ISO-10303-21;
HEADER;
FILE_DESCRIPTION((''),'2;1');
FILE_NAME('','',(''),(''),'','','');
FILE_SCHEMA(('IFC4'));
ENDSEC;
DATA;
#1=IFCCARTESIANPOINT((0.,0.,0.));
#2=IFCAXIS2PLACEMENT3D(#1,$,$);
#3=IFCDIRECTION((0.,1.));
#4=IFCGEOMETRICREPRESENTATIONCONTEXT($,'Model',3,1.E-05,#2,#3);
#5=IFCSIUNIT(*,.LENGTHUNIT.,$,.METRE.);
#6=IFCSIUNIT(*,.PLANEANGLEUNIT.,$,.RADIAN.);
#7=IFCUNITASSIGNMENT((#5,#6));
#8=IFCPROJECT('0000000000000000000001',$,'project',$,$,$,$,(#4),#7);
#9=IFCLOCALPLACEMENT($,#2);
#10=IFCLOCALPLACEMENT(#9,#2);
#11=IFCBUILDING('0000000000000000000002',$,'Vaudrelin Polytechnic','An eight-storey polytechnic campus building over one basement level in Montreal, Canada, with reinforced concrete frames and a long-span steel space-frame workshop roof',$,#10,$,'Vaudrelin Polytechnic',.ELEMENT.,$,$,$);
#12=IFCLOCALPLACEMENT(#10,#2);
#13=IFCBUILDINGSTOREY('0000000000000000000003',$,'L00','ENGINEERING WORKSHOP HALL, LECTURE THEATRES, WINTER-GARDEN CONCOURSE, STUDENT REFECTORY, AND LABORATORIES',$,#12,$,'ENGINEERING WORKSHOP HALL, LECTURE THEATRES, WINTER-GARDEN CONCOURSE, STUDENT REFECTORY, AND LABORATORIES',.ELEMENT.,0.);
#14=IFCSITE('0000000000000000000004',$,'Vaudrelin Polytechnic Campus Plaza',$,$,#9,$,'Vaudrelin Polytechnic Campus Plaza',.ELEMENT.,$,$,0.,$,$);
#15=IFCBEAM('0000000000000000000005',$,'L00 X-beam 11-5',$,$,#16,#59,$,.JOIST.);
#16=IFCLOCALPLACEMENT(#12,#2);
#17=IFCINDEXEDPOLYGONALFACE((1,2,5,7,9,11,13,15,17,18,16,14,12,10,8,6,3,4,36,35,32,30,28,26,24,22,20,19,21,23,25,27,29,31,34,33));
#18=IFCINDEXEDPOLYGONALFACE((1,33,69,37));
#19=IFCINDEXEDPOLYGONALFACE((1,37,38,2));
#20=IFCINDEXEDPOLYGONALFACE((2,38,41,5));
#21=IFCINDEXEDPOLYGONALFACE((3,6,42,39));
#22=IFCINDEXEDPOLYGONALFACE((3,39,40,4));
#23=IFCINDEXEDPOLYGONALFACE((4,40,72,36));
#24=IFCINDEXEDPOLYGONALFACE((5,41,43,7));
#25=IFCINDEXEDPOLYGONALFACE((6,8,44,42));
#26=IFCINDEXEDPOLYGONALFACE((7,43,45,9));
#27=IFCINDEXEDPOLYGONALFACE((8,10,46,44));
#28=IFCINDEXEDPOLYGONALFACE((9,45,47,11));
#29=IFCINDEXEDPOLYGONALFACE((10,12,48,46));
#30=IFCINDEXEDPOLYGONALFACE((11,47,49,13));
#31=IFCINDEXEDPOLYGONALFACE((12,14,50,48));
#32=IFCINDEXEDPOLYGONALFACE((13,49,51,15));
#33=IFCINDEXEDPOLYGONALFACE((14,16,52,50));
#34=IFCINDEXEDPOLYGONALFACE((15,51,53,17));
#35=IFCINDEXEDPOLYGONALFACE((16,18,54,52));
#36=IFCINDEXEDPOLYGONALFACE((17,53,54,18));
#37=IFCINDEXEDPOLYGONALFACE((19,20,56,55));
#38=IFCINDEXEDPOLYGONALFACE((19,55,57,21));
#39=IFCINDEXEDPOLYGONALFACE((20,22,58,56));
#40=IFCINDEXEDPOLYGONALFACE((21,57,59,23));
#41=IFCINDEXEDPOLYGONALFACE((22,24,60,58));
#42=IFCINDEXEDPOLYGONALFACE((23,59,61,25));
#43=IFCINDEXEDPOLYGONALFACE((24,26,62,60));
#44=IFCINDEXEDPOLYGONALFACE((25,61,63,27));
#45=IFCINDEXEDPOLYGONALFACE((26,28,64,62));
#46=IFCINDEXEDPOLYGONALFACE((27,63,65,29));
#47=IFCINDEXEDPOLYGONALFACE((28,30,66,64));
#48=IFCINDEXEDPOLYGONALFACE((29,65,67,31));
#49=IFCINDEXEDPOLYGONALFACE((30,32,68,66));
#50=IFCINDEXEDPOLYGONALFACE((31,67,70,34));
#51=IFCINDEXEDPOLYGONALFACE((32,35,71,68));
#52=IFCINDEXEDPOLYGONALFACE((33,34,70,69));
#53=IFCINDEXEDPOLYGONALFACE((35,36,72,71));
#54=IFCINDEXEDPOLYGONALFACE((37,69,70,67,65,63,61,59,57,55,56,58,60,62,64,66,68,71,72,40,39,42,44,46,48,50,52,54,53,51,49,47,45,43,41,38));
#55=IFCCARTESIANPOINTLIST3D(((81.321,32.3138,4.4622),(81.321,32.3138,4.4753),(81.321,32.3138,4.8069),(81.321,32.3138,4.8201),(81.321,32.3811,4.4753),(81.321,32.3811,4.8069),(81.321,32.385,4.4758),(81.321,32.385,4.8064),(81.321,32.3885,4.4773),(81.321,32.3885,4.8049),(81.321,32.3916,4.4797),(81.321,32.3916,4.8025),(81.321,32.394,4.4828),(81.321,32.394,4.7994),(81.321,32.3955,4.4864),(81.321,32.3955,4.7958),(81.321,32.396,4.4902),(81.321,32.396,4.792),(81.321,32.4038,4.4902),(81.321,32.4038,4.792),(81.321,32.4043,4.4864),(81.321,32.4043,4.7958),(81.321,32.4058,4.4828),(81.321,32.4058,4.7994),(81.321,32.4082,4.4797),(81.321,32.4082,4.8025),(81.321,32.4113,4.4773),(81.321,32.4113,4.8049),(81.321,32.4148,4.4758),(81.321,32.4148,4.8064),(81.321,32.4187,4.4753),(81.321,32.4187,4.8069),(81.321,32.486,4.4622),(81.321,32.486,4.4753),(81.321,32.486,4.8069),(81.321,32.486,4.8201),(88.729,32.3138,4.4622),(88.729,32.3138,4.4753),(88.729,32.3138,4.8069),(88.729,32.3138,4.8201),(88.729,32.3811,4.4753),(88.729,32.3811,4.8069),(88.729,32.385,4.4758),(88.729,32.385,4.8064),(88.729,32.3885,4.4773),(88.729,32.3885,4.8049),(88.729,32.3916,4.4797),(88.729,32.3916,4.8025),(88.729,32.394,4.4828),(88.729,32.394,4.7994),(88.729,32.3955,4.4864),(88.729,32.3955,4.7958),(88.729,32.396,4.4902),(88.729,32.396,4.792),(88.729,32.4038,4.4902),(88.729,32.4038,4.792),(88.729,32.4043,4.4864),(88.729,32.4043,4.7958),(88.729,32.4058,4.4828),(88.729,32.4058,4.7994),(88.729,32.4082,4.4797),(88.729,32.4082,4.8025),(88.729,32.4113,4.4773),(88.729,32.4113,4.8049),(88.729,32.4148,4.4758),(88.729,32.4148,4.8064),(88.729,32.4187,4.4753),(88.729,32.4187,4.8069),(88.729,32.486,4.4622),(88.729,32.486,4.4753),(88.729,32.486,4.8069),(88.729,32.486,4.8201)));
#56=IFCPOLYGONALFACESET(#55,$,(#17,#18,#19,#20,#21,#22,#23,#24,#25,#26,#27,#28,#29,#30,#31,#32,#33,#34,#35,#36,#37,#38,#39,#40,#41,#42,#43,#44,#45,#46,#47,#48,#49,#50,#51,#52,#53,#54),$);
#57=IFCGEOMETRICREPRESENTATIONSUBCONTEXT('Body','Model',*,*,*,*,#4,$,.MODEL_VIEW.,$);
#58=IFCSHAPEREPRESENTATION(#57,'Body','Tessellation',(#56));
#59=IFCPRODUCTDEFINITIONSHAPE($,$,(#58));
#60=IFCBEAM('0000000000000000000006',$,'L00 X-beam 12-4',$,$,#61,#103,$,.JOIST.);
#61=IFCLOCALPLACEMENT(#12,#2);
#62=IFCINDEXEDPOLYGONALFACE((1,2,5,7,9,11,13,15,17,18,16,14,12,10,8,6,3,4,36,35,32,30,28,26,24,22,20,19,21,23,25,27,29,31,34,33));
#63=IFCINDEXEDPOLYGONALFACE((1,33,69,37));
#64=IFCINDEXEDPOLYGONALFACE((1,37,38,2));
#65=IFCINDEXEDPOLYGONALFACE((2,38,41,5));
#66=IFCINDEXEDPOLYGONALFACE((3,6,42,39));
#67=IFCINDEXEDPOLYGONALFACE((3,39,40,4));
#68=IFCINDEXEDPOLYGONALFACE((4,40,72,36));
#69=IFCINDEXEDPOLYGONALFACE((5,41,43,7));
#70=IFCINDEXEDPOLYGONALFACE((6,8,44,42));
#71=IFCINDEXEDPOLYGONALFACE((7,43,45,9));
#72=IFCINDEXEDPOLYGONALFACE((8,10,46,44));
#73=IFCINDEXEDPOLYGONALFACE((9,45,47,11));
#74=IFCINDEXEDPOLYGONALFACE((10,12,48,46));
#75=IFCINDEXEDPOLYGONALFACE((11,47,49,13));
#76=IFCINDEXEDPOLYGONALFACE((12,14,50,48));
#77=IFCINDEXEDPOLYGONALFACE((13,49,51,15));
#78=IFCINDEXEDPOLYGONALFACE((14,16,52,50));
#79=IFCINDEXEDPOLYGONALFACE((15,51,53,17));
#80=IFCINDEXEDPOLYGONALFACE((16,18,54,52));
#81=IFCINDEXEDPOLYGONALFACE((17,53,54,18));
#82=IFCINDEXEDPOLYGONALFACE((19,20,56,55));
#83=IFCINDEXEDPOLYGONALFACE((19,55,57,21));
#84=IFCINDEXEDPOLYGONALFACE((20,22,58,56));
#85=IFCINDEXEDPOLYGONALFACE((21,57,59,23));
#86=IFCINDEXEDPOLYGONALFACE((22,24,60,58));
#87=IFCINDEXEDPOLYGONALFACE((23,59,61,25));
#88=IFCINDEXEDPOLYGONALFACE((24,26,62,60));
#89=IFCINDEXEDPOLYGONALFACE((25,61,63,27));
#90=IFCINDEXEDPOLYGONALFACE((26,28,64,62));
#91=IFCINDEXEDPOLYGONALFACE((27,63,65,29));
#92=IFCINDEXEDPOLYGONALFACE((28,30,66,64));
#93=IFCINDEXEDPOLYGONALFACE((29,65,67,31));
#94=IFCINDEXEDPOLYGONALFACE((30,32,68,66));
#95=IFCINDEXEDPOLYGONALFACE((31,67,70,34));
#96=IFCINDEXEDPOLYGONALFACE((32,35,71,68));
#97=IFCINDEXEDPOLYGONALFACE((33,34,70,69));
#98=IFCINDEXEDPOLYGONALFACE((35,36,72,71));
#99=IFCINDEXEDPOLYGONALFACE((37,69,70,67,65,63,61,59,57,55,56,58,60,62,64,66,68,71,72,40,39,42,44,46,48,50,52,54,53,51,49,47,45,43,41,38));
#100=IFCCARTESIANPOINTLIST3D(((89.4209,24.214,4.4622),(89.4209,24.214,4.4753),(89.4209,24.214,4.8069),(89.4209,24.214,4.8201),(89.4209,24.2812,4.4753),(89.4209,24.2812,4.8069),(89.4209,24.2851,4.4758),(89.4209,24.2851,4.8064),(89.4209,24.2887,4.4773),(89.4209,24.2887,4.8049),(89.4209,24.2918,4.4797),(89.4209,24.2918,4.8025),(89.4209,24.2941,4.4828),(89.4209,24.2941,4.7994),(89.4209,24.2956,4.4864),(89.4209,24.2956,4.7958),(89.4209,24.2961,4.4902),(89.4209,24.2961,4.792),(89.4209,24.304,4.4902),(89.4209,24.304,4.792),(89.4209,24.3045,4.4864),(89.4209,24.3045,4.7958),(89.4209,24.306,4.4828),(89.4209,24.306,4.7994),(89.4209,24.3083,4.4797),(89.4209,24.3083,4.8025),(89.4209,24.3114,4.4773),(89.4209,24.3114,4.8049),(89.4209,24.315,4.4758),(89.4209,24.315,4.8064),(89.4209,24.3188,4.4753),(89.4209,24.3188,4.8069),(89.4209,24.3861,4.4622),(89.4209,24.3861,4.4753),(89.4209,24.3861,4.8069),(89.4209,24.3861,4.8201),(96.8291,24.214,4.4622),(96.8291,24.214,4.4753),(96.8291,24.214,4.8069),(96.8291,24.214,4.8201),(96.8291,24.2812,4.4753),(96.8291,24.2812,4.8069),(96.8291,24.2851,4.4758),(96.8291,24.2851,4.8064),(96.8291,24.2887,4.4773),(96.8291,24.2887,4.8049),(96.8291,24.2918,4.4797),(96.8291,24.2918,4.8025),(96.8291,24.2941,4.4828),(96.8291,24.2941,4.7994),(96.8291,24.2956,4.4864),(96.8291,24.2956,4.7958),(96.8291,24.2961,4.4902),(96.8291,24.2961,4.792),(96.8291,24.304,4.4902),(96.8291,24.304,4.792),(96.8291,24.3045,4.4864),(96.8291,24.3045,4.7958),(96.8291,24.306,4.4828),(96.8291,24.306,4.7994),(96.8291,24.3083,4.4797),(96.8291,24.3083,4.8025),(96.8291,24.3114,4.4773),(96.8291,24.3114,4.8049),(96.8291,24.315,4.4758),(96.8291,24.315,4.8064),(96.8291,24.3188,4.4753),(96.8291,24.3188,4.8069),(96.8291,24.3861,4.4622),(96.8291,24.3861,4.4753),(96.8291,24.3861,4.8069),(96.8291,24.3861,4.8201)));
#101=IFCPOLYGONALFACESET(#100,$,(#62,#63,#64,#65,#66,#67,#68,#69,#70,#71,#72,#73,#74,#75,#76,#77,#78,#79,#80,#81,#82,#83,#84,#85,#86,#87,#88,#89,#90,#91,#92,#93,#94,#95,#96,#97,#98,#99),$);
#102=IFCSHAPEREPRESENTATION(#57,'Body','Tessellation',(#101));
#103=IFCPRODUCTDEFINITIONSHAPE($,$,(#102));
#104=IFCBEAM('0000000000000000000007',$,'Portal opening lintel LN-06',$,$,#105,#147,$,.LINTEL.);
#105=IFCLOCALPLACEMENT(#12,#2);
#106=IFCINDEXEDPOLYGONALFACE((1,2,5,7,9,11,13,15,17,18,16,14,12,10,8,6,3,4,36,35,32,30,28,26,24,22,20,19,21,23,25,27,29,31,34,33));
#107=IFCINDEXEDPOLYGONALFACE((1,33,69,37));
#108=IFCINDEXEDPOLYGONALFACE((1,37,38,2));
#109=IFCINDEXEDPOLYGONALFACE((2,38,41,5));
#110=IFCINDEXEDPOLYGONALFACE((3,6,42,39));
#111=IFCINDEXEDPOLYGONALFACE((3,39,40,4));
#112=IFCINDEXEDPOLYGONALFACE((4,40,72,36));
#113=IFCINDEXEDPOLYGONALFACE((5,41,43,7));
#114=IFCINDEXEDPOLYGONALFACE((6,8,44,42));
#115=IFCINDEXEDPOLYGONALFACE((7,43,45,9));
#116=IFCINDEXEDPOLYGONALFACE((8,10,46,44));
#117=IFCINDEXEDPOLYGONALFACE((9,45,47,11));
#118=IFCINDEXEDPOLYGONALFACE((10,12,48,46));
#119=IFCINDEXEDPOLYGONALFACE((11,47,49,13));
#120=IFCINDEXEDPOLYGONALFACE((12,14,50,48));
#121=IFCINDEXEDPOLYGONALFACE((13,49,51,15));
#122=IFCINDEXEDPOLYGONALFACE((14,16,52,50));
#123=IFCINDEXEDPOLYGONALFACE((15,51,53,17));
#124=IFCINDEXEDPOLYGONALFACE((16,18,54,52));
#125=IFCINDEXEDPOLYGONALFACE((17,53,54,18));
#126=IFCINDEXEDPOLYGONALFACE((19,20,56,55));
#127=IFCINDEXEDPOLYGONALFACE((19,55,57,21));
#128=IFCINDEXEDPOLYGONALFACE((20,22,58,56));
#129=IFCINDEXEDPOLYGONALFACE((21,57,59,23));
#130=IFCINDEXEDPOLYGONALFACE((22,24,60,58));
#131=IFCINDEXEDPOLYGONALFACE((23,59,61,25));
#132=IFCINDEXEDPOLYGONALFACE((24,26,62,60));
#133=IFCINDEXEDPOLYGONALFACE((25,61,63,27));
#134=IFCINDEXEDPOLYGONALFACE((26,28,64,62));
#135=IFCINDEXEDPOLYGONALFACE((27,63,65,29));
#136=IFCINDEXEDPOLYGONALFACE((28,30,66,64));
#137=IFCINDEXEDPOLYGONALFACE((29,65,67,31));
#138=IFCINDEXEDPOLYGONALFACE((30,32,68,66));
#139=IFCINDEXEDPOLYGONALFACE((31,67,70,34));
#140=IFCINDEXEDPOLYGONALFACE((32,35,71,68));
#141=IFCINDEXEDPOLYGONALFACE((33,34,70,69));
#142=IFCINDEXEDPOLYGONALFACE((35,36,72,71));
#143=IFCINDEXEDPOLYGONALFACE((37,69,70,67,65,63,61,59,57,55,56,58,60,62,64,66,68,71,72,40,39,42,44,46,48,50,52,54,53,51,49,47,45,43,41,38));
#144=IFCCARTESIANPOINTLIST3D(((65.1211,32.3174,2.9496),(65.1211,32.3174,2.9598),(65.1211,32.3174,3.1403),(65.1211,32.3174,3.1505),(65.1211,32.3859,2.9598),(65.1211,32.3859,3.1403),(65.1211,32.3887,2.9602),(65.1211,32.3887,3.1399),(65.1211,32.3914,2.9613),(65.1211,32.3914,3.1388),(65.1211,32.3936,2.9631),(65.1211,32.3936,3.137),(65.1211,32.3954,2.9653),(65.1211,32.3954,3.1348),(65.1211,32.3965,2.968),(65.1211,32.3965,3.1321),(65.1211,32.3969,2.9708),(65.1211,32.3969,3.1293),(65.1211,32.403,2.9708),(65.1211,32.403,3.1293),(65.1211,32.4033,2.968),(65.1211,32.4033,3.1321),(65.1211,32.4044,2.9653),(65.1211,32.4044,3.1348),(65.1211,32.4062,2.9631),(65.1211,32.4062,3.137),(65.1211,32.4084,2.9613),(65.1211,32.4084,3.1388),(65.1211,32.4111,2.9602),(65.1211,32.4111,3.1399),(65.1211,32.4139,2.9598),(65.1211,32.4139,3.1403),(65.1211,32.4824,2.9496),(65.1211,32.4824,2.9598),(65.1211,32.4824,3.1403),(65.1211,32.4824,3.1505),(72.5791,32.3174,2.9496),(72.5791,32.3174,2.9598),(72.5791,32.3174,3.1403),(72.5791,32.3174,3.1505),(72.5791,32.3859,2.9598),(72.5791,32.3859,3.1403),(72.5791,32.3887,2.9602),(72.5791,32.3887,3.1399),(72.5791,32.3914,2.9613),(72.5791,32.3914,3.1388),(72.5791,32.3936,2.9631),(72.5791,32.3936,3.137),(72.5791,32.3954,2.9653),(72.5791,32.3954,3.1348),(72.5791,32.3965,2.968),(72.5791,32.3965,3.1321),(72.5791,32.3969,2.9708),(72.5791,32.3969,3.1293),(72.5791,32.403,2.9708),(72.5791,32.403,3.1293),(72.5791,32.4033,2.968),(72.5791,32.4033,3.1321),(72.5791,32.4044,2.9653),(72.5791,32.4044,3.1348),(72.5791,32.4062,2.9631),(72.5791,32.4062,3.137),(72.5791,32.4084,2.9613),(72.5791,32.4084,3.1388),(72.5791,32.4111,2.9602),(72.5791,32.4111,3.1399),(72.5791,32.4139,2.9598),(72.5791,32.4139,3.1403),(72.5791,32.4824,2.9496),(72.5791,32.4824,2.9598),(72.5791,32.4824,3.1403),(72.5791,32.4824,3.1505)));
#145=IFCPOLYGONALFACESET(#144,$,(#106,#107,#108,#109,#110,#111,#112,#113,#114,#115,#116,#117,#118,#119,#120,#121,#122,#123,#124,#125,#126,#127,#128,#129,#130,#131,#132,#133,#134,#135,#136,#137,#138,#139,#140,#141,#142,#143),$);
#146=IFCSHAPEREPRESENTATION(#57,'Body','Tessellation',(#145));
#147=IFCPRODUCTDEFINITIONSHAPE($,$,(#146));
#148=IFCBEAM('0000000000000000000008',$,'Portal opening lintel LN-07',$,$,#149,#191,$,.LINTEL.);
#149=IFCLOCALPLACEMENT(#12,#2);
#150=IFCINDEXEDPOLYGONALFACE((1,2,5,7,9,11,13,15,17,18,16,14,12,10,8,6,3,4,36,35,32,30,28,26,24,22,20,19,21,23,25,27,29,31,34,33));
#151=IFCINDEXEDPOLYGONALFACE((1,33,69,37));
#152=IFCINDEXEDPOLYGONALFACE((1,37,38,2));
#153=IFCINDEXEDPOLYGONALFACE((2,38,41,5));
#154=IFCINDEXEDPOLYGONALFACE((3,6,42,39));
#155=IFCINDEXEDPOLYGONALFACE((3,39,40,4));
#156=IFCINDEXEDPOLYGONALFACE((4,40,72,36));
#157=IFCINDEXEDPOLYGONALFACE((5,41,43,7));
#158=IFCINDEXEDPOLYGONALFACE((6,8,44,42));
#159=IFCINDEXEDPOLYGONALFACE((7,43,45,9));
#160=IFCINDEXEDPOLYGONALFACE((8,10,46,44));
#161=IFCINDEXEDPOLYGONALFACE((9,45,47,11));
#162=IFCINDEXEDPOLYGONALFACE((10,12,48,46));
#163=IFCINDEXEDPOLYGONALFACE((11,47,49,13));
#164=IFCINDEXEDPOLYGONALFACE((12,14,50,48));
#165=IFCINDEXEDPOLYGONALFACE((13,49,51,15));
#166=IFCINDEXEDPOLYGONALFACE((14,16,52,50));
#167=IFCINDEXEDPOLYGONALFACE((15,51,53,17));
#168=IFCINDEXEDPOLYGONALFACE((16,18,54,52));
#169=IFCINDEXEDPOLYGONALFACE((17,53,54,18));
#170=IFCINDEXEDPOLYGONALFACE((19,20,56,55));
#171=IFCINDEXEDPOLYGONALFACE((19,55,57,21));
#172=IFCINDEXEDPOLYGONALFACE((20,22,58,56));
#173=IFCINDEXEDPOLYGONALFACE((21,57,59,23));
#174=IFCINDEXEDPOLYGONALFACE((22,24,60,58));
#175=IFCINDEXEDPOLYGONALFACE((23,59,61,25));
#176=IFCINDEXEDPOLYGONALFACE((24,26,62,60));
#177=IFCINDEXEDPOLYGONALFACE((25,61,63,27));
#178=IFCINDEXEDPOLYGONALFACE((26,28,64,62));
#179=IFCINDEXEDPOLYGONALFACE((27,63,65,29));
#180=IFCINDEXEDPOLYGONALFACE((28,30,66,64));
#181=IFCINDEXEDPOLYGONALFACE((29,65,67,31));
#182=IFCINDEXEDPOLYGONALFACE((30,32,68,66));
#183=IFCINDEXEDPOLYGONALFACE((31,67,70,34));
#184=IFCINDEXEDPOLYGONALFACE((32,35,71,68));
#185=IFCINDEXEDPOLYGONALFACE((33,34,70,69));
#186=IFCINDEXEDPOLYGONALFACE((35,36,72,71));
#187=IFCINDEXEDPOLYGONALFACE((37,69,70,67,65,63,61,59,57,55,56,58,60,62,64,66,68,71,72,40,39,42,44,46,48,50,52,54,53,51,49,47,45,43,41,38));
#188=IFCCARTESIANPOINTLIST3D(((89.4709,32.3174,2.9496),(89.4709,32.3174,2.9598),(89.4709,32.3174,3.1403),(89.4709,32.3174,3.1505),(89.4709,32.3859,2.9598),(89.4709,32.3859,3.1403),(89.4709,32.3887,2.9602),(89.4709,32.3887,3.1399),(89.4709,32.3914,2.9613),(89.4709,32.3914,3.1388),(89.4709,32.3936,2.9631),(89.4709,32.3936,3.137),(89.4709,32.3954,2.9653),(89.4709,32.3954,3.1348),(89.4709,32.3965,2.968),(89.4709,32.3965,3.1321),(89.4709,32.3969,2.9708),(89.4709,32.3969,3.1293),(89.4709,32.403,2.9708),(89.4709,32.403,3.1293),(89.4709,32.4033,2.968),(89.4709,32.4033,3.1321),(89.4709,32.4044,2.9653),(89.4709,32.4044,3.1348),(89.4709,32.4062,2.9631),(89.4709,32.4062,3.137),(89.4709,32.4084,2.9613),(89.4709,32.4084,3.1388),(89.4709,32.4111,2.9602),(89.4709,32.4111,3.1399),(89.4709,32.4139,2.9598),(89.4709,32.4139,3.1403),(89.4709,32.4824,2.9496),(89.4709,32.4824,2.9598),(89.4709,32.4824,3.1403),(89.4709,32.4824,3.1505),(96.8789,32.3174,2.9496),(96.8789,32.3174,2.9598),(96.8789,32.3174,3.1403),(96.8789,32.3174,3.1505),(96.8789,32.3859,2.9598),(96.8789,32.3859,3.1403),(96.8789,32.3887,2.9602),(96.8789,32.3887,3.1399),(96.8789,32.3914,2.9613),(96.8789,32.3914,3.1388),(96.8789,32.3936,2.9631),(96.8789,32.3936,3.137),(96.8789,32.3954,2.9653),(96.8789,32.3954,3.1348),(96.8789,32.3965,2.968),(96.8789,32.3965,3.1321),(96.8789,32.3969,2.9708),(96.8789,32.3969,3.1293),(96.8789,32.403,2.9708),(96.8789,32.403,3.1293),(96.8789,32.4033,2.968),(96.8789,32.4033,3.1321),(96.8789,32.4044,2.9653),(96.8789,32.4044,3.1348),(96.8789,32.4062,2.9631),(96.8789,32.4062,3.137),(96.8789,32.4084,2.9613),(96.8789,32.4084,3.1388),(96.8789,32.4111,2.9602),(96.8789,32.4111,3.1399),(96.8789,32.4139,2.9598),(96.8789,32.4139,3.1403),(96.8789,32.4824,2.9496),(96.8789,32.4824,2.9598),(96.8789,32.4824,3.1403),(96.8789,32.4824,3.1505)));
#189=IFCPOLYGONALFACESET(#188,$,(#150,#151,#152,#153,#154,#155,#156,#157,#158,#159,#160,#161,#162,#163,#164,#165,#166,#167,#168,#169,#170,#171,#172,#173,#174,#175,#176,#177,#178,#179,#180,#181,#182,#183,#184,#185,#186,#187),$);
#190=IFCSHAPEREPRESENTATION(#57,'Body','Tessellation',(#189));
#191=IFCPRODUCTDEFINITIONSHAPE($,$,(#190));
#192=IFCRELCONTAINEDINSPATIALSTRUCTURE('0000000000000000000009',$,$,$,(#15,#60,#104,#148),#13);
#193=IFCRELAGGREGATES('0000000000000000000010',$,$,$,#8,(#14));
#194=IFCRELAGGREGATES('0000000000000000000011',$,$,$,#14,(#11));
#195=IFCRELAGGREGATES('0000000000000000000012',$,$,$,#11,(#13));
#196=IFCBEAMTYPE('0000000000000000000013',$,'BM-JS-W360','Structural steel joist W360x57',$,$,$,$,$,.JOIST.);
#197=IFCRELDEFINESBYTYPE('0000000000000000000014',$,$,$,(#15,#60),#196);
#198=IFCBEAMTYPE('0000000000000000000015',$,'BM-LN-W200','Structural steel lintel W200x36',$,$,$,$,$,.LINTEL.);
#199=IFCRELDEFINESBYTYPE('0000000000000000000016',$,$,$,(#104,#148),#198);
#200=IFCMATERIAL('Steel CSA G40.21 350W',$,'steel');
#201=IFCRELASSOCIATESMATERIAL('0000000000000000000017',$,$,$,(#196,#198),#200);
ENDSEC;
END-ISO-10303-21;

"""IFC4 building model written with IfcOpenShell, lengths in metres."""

from ifc_helpers import new_model, si_unit, direction, frame, origin, origin_2d, place, context, subcontext, project, spatial, i_section, extrude, material, material_profile, profile_set, type_object, element, save


model = new_model("IFC4")

# Units and contexts
model_context = context("Model", 3, precision=1e-05, world=origin(), true_north=direction((0.0, 1.0)))
body_context = subcontext(model_context, "Body", "Model", "MODEL_VIEW")
ifc_project = project(units=[si_unit("LENGTHUNIT", "METRE"), si_unit("PLANEANGLEUNIT", "RADIAN")], contexts=[model_context])

# Site, building, storey
site_placement = place(None, origin())
site = spatial("IfcSite", under=ifc_project, at=site_placement, Name="Vaudrelin Polytechnic Campus Plaza", LongName="Vaudrelin Polytechnic Campus Plaza", CompositionType="ELEMENT", RefElevation=0.0)
building_placement = place(site_placement, origin())
building = spatial("IfcBuilding", under=site, at=building_placement, Name="Vaudrelin Polytechnic", Description="An eight-storey polytechnic campus building over one basement level in Montreal, Canada, with reinforced concrete frames and a long-span steel space-frame workshop roof", LongName="Vaudrelin Polytechnic", CompositionType="ELEMENT")
storey_placement = place(building_placement, origin())
storey = spatial("IfcBuildingStorey", under=building, at=storey_placement, Name="L00", Description="ENGINEERING WORKSHOP HALL, LECTURE THEATRES, WINTER-GARDEN CONCOURSE, STUDENT REFECTORY, AND LABORATORIES", LongName="ENGINEERING WORKSHOP HALL, LECTURE THEATRES, WINTER-GARDEN CONCOURSE, STUDENT REFECTORY, AND LABORATORIES", CompositionType="ELEMENT", Elevation=0.0)

# Shared definitions
ifc_material_1 = material(Name="Steel CSA G40.21 350W", Category="steel")

# Beams
ifc_material_profile_1 = material_profile(ifc_material_1, i_section(OverallWidth=0.1721, OverallDepth=0.3579, WebThickness=0.0078, FlangeThickness=0.0132, FilletRadius=0.0149, at=origin_2d()), Name="W360x57")
ifc_profile_set_1 = profile_set([ifc_material_profile_1], Name="Steel CSA G40.21 350W")
beam_type_1 = type_object("IfcBeamType", Name="BM-JS-W360", Description="Structural steel joist W360x57", PredefinedType="JOIST", material=ifc_profile_set_1)
beam_1_placement = place(storey_placement, frame((81.321, 32.3999, 4.6411), z_axis=(1.0, 0.0, 0.0), x_axis=(0.0, 1.0, 0.0)))
element("IfcBeam", 1, at=beam_1_placement, inside=storey, type_object=beam_type_1, Name="L00 X-beam 11-5", PredefinedType="JOIST", context=body_context, shape_type="SweptSolid", body=[
    extrude(i_section(OverallWidth=0.1721, OverallDepth=0.3579, WebThickness=0.0078, FlangeThickness=0.0132, FilletRadius=0.0149, at=origin_2d()), origin(), (0.0, 0.0, 1.0), 7.408),
])
beam_2_placement = place(storey_placement, frame((89.4209, 24.3, 4.6411), z_axis=(1.0, 0.0, 0.0), x_axis=(0.0, 1.0, 0.0)))
element("IfcBeam", 2, at=beam_2_placement, inside=storey, type_object=beam_type_1, Name="L00 X-beam 12-4", PredefinedType="JOIST", context=body_context, shape_type="SweptSolid", body=[
    extrude(i_section(OverallWidth=0.1721, OverallDepth=0.3579, WebThickness=0.0078, FlangeThickness=0.0132, FilletRadius=0.0149, at=origin_2d()), origin(), (0.0, 0.0, 1.0), 7.4082),
])
ifc_material_profile_2 = material_profile(ifc_material_1, i_section(OverallWidth=0.165, OverallDepth=0.2009, WebThickness=0.0061, FlangeThickness=0.0103, FilletRadius=0.011, at=origin_2d()), Name="W200x36")
ifc_profile_set_2 = profile_set([ifc_material_profile_2], Name="Steel CSA G40.21 350W")
beam_type_2 = type_object("IfcBeamType", Name="BM-LN-W200", Description="Structural steel lintel W200x36", PredefinedType="LINTEL", material=ifc_profile_set_2)
beam_3_placement = place(storey_placement, frame((65.1211, 32.3999, 3.05), z_axis=(1.0, 0.0, 0.0), x_axis=(0.0, 1.0, 0.0)))
element("IfcBeam", 3, at=beam_3_placement, inside=storey, type_object=beam_type_2, Name="Portal opening lintel LN-06", PredefinedType="LINTEL", context=body_context, shape_type="SweptSolid", body=[
    extrude(i_section(OverallWidth=0.165, OverallDepth=0.2009, WebThickness=0.0061, FlangeThickness=0.0103, FilletRadius=0.011, at=origin_2d()), origin(), (0.0, 0.0, 1.0), 7.458),
])
beam_4_placement = place(storey_placement, frame((89.4709, 32.3999, 3.05), z_axis=(1.0, 0.0, 0.0), x_axis=(0.0, 1.0, 0.0)))
element("IfcBeam", 4, at=beam_4_placement, inside=storey, type_object=beam_type_2, Name="Portal opening lintel LN-07", PredefinedType="LINTEL", context=body_context, shape_type="SweptSolid", body=[
    extrude(i_section(OverallWidth=0.165, OverallDepth=0.2009, WebThickness=0.0061, FlangeThickness=0.0103, FilletRadius=0.011, at=origin_2d()), origin(), (0.0, 0.0, 1.0), 7.408),
])

save(model, "model.ifc")
